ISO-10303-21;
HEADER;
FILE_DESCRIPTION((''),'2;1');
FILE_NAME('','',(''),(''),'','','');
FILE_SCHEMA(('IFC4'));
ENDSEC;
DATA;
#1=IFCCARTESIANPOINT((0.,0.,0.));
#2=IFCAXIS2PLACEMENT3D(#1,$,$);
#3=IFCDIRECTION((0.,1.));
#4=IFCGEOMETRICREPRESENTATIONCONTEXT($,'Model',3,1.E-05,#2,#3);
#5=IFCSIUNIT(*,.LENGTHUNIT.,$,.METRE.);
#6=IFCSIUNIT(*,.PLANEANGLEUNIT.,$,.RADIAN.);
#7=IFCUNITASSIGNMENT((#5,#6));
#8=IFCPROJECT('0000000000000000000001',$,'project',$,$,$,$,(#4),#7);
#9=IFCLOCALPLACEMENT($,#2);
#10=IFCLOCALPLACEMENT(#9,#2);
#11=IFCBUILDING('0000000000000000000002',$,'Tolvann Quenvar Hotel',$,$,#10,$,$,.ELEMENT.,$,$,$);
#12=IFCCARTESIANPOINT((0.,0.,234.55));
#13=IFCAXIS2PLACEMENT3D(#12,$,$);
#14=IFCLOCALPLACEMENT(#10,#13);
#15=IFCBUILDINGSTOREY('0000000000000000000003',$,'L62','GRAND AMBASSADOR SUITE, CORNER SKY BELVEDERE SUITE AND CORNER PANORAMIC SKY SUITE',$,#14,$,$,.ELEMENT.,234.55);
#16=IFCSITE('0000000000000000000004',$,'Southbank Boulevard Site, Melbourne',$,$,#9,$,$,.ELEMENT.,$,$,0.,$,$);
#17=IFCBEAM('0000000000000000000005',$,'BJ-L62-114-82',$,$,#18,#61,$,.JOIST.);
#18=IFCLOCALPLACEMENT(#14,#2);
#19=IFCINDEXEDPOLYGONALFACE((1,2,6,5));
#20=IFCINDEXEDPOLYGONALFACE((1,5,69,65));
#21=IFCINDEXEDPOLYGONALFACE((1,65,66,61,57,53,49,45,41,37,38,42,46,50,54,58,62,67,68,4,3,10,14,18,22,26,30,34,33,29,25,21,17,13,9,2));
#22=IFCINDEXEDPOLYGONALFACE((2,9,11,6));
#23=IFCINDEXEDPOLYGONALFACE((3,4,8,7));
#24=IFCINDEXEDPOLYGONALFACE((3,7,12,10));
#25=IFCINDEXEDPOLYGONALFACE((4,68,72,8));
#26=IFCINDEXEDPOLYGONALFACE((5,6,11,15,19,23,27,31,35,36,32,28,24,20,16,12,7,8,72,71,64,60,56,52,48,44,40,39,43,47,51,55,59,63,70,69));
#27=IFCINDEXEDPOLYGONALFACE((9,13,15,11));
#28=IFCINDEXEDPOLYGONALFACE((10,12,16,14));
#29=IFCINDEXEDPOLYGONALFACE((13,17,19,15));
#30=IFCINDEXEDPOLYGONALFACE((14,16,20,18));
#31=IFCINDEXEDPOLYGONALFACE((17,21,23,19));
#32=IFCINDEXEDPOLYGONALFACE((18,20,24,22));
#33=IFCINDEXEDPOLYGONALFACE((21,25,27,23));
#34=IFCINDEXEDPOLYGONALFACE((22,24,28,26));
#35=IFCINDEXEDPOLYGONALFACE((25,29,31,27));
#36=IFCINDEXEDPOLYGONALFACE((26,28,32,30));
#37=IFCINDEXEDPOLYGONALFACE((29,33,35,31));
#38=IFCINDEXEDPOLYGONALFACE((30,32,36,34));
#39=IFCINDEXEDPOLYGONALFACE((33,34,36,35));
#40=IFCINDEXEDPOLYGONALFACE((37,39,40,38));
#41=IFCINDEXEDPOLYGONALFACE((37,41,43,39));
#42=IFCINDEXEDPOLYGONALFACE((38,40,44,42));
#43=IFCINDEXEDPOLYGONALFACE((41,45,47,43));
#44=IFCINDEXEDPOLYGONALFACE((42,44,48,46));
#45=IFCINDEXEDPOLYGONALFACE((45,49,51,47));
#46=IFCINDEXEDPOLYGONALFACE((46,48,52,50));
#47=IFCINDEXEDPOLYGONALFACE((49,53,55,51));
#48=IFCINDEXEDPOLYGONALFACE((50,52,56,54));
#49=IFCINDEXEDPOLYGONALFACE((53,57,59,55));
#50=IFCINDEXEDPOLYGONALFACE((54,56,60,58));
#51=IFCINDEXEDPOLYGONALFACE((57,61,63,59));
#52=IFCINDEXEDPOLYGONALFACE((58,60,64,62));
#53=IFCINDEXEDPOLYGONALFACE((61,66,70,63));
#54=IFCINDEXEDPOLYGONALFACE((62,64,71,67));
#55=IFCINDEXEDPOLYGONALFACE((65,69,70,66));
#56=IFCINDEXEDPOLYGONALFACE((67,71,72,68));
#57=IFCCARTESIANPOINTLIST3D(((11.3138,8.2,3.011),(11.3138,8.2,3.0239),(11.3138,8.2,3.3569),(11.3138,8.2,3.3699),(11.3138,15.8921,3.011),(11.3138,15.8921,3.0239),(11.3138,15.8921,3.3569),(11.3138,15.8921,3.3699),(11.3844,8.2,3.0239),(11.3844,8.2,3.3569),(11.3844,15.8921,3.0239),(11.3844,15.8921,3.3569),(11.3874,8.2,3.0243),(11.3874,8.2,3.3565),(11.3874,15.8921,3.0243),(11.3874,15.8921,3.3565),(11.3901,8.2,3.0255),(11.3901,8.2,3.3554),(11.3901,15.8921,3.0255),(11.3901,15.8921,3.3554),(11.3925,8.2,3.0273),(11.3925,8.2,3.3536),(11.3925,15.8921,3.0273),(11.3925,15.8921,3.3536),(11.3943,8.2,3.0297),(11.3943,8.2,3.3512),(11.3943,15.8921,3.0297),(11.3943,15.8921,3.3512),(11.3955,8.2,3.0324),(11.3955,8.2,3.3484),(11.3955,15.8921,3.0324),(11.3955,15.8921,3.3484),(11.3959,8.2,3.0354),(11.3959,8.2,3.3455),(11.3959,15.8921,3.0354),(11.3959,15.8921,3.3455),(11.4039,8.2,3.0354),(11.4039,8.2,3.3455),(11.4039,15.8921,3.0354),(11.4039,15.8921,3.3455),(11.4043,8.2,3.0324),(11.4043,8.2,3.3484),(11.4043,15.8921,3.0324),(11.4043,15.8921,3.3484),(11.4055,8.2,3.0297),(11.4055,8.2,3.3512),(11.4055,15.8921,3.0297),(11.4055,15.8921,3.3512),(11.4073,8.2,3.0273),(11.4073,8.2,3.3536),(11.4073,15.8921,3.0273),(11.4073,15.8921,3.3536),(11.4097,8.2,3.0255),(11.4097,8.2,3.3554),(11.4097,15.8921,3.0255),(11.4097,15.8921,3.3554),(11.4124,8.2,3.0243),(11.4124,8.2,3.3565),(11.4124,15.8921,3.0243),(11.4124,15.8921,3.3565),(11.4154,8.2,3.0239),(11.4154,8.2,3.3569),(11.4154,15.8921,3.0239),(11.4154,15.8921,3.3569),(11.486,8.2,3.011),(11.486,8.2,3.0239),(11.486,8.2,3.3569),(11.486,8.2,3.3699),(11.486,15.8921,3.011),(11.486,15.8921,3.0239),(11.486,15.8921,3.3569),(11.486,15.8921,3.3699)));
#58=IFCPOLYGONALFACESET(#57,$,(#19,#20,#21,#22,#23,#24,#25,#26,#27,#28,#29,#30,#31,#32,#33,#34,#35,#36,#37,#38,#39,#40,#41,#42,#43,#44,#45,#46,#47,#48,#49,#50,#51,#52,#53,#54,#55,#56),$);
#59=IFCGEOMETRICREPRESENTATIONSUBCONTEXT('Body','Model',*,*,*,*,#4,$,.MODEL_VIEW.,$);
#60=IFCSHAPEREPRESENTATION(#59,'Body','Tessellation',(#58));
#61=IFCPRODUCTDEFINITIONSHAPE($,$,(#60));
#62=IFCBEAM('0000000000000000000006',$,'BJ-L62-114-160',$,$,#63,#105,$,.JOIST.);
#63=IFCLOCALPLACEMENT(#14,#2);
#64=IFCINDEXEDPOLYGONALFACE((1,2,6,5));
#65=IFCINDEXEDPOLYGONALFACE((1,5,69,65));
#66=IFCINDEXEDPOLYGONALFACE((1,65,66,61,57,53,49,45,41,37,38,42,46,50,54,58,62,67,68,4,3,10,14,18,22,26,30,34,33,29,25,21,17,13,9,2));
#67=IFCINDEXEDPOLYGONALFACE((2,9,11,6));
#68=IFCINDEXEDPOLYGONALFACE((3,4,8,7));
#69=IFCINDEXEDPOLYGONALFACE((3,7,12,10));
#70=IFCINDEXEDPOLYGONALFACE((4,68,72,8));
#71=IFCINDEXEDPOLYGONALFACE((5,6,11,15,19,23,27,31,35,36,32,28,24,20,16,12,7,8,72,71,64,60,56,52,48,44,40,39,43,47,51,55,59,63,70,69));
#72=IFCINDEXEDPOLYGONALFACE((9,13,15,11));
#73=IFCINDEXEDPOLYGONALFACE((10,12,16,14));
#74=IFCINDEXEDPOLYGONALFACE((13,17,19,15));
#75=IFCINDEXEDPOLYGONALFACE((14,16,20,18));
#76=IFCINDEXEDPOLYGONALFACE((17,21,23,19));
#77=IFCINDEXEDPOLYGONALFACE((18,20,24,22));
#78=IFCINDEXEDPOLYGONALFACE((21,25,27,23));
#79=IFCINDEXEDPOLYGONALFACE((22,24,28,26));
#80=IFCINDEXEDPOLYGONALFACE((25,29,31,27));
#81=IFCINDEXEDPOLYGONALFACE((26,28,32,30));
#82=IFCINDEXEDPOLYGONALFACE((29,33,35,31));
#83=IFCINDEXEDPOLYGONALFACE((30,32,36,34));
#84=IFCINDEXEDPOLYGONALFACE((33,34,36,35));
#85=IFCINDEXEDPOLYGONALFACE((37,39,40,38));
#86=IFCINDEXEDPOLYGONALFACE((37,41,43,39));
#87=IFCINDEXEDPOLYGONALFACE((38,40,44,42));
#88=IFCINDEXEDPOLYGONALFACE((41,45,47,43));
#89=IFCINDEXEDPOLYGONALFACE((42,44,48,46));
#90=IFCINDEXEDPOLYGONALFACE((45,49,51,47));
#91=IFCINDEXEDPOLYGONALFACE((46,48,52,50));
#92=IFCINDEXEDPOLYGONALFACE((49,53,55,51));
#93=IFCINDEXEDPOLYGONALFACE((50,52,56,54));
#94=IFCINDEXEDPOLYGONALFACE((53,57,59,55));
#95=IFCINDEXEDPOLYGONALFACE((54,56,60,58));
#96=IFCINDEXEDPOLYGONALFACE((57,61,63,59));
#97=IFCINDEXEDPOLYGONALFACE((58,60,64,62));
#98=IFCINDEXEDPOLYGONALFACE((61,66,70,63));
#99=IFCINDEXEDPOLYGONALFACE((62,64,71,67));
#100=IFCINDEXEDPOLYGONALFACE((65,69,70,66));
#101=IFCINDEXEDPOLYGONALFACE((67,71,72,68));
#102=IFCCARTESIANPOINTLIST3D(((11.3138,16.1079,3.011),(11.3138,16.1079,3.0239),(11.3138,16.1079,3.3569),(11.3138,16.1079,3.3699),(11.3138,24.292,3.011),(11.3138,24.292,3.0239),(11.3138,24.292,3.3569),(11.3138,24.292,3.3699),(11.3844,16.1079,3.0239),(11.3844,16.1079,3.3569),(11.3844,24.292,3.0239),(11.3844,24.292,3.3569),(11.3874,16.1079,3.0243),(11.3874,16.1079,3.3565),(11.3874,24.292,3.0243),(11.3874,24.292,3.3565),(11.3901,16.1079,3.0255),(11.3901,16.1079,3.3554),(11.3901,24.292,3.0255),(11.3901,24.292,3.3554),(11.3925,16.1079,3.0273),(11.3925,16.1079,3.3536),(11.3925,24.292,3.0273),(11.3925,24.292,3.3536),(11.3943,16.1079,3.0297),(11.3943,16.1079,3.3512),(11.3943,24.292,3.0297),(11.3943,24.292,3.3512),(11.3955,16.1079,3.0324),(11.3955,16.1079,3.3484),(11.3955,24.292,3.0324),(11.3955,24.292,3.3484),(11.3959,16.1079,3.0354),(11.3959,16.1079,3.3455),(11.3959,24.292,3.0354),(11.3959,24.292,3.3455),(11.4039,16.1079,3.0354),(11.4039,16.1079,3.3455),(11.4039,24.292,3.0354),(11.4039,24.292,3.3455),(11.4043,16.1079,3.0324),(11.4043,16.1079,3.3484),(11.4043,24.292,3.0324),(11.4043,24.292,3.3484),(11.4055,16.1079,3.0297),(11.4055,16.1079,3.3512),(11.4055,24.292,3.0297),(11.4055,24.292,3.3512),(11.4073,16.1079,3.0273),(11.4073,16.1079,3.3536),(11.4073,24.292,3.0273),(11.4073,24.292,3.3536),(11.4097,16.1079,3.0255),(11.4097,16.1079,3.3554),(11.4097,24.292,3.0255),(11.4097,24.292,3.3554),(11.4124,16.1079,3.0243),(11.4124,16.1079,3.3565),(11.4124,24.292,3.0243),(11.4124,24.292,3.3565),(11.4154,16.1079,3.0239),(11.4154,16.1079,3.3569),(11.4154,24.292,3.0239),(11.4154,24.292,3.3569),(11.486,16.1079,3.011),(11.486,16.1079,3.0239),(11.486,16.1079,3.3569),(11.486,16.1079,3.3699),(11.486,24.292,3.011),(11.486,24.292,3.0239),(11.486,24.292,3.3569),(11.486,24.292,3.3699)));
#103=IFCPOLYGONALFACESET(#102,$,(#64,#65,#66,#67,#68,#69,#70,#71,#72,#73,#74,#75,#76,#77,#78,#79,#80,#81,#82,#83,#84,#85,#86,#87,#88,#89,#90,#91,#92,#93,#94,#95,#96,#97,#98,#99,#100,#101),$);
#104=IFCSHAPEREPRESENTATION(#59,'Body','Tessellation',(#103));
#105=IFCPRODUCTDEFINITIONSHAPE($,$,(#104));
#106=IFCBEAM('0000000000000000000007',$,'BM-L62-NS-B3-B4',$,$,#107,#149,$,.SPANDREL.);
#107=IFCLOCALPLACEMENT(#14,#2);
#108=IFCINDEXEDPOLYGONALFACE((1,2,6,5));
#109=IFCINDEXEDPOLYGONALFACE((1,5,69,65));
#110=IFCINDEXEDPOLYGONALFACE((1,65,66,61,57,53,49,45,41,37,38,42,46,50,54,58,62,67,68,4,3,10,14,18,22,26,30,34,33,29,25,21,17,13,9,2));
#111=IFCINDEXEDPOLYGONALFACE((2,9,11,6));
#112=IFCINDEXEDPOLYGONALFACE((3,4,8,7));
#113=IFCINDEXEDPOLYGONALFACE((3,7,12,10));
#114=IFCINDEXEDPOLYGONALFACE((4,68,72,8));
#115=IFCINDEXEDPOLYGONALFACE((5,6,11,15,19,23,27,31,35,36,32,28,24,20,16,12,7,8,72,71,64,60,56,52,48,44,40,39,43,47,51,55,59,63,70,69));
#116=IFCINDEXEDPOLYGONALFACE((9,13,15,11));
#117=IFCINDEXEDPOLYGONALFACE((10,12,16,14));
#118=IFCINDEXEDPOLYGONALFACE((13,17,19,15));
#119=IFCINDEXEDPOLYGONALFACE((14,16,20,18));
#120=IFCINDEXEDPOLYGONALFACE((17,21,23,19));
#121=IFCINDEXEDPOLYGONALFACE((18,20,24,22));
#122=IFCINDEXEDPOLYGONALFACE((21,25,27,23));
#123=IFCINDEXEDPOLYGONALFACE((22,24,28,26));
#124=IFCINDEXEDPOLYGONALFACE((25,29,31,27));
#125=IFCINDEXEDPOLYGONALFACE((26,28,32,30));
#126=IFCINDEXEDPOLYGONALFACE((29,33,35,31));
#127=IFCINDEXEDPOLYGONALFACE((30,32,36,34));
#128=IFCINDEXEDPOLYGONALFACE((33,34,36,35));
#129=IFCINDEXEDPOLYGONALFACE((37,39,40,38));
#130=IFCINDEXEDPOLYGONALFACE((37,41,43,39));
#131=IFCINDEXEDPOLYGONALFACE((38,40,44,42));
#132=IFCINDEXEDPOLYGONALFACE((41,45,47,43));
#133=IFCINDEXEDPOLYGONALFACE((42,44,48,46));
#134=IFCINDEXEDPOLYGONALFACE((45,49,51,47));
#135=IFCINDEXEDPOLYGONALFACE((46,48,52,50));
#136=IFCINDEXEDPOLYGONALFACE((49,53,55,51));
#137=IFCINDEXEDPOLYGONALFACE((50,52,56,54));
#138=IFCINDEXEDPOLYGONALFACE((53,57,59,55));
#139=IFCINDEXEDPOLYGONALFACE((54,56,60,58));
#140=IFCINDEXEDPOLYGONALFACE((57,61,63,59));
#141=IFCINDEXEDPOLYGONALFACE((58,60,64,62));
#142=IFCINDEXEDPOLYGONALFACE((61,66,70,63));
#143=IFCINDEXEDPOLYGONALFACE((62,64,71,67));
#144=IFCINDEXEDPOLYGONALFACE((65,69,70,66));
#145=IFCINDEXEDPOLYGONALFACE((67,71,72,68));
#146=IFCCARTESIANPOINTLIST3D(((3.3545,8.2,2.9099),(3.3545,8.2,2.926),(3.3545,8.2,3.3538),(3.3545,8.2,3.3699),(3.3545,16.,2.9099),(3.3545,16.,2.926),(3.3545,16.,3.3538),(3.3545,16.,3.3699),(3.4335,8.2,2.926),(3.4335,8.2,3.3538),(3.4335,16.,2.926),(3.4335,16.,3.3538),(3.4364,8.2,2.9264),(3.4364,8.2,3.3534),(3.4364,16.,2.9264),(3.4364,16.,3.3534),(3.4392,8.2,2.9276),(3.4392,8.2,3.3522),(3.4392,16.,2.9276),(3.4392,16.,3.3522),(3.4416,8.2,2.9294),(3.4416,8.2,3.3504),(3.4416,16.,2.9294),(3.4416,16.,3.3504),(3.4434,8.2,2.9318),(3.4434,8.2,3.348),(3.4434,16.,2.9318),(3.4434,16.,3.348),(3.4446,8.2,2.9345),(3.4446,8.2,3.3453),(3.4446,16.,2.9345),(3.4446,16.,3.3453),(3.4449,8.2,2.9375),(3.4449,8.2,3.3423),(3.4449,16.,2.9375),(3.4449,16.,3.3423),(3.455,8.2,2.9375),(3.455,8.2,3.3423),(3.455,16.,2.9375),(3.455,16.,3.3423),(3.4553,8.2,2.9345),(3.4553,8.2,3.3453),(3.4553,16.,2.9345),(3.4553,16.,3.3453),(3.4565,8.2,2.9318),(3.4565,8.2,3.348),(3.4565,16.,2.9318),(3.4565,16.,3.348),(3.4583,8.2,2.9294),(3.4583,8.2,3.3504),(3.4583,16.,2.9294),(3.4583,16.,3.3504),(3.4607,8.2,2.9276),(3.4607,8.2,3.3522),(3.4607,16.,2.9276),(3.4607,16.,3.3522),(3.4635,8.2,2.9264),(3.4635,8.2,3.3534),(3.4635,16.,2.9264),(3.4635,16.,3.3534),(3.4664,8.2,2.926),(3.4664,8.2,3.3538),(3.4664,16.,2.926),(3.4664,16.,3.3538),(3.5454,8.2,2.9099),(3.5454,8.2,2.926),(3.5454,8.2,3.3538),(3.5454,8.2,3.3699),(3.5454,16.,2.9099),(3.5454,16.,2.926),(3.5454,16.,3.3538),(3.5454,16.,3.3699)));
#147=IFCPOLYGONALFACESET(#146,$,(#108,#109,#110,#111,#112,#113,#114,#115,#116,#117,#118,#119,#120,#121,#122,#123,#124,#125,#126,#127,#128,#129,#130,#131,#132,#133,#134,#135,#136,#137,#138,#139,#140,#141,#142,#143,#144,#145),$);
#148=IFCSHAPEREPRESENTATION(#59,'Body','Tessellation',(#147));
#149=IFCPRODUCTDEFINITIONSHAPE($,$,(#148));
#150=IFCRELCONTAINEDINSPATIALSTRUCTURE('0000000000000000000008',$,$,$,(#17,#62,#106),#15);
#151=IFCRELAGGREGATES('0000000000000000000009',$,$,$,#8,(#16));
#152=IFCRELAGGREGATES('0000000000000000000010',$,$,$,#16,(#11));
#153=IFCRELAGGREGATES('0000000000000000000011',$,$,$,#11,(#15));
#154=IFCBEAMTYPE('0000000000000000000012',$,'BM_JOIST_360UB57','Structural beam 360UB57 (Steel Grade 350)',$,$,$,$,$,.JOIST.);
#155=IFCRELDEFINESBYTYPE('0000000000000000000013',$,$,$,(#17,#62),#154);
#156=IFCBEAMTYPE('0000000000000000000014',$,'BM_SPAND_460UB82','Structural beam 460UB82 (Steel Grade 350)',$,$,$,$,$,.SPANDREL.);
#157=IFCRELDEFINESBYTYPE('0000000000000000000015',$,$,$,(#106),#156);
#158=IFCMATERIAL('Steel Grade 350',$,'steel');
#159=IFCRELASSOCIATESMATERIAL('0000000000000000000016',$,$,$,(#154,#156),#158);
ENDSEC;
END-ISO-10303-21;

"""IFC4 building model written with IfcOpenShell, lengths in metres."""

from ifc_helpers import new_model, si_unit, direction, frame, origin, origin_2d, place, context, subcontext, project, spatial, i_section, extrude, source, transform, mapped, material, material_profile, profile_set, type_object, type_shapes, element, save


model = new_model("IFC4")

# Units and contexts
model_context = context("Model", 3, precision=1e-05, world=origin(), true_north=direction((0.0, 1.0)))
body_context = subcontext(model_context, "Body", "Model", "MODEL_VIEW")
ifc_project = project(units=[si_unit("LENGTHUNIT", "METRE"), si_unit("PLANEANGLEUNIT", "RADIAN")], contexts=[model_context])

# Site, building, storey
site_placement = place(None, origin())
site = spatial("IfcSite", under=ifc_project, at=site_placement, Name="Southbank Boulevard Site, Melbourne", CompositionType="ELEMENT", RefElevation=0.0)
building_placement = place(site_placement, origin())
building = spatial("IfcBuilding", under=site, at=building_placement, Name="Tolvann Quenvar Hotel", CompositionType="ELEMENT")
storey_placement = place(building_placement, frame((0.0, 0.0, 234.55)))
storey = spatial("IfcBuildingStorey", under=building, at=storey_placement, Name="L62", Description="GRAND AMBASSADOR SUITE, CORNER SKY BELVEDERE SUITE AND CORNER PANORAMIC SKY SUITE", CompositionType="ELEMENT", Elevation=234.55)

# Shared definitions
ifc_material_1 = material(Name="Steel Grade 350", Category="steel")

# Beams
ifc_material_profile_1 = material_profile(ifc_material_1, i_section(OverallWidth=0.1721, OverallDepth=0.3589, WebThickness=0.0081, FlangeThickness=0.0129, FilletRadius=0.0115, at=origin_2d()), Name="360UB57")
ifc_profile_set_1 = profile_set([ifc_material_profile_1], Name="Steel Grade 350")
beam_type_1 = type_object("IfcBeamType", Name="BM_JOIST_360UB57", Description="Structural beam 360UB57 (Steel Grade 350)", PredefinedType="JOIST", material=ifc_profile_set_1)
shared_shape_1 = source(origin(), body_context, "Body", "SweptSolid", [
    extrude(i_section(OverallWidth=0.1721, OverallDepth=0.3589, WebThickness=0.0081, FlangeThickness=0.0129, FilletRadius=0.0115, at=origin_2d()), origin(), (0.0, 0.0, 1.0), 7.6921),
])
beam_1_placement = place(storey_placement, frame((11.3999, 8.2, 3.1904), z_axis=(0.0, 1.0, 0.0), x_axis=(-1.0, 0.0, 0.0)))
element("IfcBeam", 1, at=beam_1_placement, inside=storey, type_object=beam_type_1, Name="BJ-L62-114-82", PredefinedType="JOIST", context=body_context, shape_type="MappedRepresentation", body=[
    mapped(shared_shape_1, transform((0.0, 0.0, 0.0), x_axis=(1.0, 0.0, 0.0), y_axis=(0.0, 1.0, 0.0), z_axis=(0.0, 0.0, 1.0), scale=1.0)),
])
shared_shape_2 = source(origin(), body_context, "Body", "SweptSolid", [
    extrude(i_section(OverallWidth=0.1721, OverallDepth=0.3589, WebThickness=0.0081, FlangeThickness=0.0129, FilletRadius=0.0115, at=origin_2d()), origin(), (0.0, 0.0, 1.0), 8.1841),
])
type_shapes(beam_type_1, [shared_shape_1, shared_shape_2])
beam_2_placement = place(storey_placement, frame((11.3999, 16.1079, 3.1904), z_axis=(0.0, 1.0, 0.0), x_axis=(-1.0, 0.0, 0.0)))
element("IfcBeam", 2, at=beam_2_placement, inside=storey, type_object=beam_type_1, Name="BJ-L62-114-160", PredefinedType="JOIST", context=body_context, shape_type="MappedRepresentation", body=[
    mapped(shared_shape_2, transform((0.0, 0.0, 0.0), x_axis=(1.0, 0.0, 0.0), y_axis=(0.0, 1.0, 0.0), z_axis=(0.0, 0.0, 1.0), scale=1.0)),
])
ifc_material_profile_2 = material_profile(ifc_material_1, i_section(OverallWidth=0.1909, OverallDepth=0.46, WebThickness=0.01, FlangeThickness=0.0161, FilletRadius=0.0115, at=origin_2d()), Name="460UB82")
ifc_profile_set_2 = profile_set([ifc_material_profile_2], Name="Steel Grade 350")
beam_type_2 = type_object("IfcBeamType", Name="BM_SPAND_460UB82", Description="Structural beam 460UB82 (Steel Grade 350)", PredefinedType="SPANDREL", material=ifc_profile_set_2)
shared_shape_3 = source(origin(), body_context, "Body", "SweptSolid", [
    extrude(i_section(OverallWidth=0.1909, OverallDepth=0.46, WebThickness=0.01, FlangeThickness=0.0161, FilletRadius=0.0115, at=origin_2d()), origin(), (0.0, 0.0, 1.0), 7.8),
])
beam_3_placement = place(storey_placement, frame((3.45, 8.2, 3.1399), z_axis=(0.0, 1.0, 0.0), x_axis=(-1.0, 0.0, 0.0)))
element("IfcBeam", 3, at=beam_3_placement, inside=storey, type_object=beam_type_2, Name="BM-L62-NS-B3-B4", PredefinedType="SPANDREL", context=body_context, shape_type="MappedRepresentation", body=[
    mapped(shared_shape_3, transform((0.0, 0.0, 0.0), x_axis=(1.0, 0.0, 0.0), y_axis=(0.0, 1.0, 0.0), z_axis=(0.0, 0.0, 1.0), scale=1.0)),
])

save(model, "model.ifc")
